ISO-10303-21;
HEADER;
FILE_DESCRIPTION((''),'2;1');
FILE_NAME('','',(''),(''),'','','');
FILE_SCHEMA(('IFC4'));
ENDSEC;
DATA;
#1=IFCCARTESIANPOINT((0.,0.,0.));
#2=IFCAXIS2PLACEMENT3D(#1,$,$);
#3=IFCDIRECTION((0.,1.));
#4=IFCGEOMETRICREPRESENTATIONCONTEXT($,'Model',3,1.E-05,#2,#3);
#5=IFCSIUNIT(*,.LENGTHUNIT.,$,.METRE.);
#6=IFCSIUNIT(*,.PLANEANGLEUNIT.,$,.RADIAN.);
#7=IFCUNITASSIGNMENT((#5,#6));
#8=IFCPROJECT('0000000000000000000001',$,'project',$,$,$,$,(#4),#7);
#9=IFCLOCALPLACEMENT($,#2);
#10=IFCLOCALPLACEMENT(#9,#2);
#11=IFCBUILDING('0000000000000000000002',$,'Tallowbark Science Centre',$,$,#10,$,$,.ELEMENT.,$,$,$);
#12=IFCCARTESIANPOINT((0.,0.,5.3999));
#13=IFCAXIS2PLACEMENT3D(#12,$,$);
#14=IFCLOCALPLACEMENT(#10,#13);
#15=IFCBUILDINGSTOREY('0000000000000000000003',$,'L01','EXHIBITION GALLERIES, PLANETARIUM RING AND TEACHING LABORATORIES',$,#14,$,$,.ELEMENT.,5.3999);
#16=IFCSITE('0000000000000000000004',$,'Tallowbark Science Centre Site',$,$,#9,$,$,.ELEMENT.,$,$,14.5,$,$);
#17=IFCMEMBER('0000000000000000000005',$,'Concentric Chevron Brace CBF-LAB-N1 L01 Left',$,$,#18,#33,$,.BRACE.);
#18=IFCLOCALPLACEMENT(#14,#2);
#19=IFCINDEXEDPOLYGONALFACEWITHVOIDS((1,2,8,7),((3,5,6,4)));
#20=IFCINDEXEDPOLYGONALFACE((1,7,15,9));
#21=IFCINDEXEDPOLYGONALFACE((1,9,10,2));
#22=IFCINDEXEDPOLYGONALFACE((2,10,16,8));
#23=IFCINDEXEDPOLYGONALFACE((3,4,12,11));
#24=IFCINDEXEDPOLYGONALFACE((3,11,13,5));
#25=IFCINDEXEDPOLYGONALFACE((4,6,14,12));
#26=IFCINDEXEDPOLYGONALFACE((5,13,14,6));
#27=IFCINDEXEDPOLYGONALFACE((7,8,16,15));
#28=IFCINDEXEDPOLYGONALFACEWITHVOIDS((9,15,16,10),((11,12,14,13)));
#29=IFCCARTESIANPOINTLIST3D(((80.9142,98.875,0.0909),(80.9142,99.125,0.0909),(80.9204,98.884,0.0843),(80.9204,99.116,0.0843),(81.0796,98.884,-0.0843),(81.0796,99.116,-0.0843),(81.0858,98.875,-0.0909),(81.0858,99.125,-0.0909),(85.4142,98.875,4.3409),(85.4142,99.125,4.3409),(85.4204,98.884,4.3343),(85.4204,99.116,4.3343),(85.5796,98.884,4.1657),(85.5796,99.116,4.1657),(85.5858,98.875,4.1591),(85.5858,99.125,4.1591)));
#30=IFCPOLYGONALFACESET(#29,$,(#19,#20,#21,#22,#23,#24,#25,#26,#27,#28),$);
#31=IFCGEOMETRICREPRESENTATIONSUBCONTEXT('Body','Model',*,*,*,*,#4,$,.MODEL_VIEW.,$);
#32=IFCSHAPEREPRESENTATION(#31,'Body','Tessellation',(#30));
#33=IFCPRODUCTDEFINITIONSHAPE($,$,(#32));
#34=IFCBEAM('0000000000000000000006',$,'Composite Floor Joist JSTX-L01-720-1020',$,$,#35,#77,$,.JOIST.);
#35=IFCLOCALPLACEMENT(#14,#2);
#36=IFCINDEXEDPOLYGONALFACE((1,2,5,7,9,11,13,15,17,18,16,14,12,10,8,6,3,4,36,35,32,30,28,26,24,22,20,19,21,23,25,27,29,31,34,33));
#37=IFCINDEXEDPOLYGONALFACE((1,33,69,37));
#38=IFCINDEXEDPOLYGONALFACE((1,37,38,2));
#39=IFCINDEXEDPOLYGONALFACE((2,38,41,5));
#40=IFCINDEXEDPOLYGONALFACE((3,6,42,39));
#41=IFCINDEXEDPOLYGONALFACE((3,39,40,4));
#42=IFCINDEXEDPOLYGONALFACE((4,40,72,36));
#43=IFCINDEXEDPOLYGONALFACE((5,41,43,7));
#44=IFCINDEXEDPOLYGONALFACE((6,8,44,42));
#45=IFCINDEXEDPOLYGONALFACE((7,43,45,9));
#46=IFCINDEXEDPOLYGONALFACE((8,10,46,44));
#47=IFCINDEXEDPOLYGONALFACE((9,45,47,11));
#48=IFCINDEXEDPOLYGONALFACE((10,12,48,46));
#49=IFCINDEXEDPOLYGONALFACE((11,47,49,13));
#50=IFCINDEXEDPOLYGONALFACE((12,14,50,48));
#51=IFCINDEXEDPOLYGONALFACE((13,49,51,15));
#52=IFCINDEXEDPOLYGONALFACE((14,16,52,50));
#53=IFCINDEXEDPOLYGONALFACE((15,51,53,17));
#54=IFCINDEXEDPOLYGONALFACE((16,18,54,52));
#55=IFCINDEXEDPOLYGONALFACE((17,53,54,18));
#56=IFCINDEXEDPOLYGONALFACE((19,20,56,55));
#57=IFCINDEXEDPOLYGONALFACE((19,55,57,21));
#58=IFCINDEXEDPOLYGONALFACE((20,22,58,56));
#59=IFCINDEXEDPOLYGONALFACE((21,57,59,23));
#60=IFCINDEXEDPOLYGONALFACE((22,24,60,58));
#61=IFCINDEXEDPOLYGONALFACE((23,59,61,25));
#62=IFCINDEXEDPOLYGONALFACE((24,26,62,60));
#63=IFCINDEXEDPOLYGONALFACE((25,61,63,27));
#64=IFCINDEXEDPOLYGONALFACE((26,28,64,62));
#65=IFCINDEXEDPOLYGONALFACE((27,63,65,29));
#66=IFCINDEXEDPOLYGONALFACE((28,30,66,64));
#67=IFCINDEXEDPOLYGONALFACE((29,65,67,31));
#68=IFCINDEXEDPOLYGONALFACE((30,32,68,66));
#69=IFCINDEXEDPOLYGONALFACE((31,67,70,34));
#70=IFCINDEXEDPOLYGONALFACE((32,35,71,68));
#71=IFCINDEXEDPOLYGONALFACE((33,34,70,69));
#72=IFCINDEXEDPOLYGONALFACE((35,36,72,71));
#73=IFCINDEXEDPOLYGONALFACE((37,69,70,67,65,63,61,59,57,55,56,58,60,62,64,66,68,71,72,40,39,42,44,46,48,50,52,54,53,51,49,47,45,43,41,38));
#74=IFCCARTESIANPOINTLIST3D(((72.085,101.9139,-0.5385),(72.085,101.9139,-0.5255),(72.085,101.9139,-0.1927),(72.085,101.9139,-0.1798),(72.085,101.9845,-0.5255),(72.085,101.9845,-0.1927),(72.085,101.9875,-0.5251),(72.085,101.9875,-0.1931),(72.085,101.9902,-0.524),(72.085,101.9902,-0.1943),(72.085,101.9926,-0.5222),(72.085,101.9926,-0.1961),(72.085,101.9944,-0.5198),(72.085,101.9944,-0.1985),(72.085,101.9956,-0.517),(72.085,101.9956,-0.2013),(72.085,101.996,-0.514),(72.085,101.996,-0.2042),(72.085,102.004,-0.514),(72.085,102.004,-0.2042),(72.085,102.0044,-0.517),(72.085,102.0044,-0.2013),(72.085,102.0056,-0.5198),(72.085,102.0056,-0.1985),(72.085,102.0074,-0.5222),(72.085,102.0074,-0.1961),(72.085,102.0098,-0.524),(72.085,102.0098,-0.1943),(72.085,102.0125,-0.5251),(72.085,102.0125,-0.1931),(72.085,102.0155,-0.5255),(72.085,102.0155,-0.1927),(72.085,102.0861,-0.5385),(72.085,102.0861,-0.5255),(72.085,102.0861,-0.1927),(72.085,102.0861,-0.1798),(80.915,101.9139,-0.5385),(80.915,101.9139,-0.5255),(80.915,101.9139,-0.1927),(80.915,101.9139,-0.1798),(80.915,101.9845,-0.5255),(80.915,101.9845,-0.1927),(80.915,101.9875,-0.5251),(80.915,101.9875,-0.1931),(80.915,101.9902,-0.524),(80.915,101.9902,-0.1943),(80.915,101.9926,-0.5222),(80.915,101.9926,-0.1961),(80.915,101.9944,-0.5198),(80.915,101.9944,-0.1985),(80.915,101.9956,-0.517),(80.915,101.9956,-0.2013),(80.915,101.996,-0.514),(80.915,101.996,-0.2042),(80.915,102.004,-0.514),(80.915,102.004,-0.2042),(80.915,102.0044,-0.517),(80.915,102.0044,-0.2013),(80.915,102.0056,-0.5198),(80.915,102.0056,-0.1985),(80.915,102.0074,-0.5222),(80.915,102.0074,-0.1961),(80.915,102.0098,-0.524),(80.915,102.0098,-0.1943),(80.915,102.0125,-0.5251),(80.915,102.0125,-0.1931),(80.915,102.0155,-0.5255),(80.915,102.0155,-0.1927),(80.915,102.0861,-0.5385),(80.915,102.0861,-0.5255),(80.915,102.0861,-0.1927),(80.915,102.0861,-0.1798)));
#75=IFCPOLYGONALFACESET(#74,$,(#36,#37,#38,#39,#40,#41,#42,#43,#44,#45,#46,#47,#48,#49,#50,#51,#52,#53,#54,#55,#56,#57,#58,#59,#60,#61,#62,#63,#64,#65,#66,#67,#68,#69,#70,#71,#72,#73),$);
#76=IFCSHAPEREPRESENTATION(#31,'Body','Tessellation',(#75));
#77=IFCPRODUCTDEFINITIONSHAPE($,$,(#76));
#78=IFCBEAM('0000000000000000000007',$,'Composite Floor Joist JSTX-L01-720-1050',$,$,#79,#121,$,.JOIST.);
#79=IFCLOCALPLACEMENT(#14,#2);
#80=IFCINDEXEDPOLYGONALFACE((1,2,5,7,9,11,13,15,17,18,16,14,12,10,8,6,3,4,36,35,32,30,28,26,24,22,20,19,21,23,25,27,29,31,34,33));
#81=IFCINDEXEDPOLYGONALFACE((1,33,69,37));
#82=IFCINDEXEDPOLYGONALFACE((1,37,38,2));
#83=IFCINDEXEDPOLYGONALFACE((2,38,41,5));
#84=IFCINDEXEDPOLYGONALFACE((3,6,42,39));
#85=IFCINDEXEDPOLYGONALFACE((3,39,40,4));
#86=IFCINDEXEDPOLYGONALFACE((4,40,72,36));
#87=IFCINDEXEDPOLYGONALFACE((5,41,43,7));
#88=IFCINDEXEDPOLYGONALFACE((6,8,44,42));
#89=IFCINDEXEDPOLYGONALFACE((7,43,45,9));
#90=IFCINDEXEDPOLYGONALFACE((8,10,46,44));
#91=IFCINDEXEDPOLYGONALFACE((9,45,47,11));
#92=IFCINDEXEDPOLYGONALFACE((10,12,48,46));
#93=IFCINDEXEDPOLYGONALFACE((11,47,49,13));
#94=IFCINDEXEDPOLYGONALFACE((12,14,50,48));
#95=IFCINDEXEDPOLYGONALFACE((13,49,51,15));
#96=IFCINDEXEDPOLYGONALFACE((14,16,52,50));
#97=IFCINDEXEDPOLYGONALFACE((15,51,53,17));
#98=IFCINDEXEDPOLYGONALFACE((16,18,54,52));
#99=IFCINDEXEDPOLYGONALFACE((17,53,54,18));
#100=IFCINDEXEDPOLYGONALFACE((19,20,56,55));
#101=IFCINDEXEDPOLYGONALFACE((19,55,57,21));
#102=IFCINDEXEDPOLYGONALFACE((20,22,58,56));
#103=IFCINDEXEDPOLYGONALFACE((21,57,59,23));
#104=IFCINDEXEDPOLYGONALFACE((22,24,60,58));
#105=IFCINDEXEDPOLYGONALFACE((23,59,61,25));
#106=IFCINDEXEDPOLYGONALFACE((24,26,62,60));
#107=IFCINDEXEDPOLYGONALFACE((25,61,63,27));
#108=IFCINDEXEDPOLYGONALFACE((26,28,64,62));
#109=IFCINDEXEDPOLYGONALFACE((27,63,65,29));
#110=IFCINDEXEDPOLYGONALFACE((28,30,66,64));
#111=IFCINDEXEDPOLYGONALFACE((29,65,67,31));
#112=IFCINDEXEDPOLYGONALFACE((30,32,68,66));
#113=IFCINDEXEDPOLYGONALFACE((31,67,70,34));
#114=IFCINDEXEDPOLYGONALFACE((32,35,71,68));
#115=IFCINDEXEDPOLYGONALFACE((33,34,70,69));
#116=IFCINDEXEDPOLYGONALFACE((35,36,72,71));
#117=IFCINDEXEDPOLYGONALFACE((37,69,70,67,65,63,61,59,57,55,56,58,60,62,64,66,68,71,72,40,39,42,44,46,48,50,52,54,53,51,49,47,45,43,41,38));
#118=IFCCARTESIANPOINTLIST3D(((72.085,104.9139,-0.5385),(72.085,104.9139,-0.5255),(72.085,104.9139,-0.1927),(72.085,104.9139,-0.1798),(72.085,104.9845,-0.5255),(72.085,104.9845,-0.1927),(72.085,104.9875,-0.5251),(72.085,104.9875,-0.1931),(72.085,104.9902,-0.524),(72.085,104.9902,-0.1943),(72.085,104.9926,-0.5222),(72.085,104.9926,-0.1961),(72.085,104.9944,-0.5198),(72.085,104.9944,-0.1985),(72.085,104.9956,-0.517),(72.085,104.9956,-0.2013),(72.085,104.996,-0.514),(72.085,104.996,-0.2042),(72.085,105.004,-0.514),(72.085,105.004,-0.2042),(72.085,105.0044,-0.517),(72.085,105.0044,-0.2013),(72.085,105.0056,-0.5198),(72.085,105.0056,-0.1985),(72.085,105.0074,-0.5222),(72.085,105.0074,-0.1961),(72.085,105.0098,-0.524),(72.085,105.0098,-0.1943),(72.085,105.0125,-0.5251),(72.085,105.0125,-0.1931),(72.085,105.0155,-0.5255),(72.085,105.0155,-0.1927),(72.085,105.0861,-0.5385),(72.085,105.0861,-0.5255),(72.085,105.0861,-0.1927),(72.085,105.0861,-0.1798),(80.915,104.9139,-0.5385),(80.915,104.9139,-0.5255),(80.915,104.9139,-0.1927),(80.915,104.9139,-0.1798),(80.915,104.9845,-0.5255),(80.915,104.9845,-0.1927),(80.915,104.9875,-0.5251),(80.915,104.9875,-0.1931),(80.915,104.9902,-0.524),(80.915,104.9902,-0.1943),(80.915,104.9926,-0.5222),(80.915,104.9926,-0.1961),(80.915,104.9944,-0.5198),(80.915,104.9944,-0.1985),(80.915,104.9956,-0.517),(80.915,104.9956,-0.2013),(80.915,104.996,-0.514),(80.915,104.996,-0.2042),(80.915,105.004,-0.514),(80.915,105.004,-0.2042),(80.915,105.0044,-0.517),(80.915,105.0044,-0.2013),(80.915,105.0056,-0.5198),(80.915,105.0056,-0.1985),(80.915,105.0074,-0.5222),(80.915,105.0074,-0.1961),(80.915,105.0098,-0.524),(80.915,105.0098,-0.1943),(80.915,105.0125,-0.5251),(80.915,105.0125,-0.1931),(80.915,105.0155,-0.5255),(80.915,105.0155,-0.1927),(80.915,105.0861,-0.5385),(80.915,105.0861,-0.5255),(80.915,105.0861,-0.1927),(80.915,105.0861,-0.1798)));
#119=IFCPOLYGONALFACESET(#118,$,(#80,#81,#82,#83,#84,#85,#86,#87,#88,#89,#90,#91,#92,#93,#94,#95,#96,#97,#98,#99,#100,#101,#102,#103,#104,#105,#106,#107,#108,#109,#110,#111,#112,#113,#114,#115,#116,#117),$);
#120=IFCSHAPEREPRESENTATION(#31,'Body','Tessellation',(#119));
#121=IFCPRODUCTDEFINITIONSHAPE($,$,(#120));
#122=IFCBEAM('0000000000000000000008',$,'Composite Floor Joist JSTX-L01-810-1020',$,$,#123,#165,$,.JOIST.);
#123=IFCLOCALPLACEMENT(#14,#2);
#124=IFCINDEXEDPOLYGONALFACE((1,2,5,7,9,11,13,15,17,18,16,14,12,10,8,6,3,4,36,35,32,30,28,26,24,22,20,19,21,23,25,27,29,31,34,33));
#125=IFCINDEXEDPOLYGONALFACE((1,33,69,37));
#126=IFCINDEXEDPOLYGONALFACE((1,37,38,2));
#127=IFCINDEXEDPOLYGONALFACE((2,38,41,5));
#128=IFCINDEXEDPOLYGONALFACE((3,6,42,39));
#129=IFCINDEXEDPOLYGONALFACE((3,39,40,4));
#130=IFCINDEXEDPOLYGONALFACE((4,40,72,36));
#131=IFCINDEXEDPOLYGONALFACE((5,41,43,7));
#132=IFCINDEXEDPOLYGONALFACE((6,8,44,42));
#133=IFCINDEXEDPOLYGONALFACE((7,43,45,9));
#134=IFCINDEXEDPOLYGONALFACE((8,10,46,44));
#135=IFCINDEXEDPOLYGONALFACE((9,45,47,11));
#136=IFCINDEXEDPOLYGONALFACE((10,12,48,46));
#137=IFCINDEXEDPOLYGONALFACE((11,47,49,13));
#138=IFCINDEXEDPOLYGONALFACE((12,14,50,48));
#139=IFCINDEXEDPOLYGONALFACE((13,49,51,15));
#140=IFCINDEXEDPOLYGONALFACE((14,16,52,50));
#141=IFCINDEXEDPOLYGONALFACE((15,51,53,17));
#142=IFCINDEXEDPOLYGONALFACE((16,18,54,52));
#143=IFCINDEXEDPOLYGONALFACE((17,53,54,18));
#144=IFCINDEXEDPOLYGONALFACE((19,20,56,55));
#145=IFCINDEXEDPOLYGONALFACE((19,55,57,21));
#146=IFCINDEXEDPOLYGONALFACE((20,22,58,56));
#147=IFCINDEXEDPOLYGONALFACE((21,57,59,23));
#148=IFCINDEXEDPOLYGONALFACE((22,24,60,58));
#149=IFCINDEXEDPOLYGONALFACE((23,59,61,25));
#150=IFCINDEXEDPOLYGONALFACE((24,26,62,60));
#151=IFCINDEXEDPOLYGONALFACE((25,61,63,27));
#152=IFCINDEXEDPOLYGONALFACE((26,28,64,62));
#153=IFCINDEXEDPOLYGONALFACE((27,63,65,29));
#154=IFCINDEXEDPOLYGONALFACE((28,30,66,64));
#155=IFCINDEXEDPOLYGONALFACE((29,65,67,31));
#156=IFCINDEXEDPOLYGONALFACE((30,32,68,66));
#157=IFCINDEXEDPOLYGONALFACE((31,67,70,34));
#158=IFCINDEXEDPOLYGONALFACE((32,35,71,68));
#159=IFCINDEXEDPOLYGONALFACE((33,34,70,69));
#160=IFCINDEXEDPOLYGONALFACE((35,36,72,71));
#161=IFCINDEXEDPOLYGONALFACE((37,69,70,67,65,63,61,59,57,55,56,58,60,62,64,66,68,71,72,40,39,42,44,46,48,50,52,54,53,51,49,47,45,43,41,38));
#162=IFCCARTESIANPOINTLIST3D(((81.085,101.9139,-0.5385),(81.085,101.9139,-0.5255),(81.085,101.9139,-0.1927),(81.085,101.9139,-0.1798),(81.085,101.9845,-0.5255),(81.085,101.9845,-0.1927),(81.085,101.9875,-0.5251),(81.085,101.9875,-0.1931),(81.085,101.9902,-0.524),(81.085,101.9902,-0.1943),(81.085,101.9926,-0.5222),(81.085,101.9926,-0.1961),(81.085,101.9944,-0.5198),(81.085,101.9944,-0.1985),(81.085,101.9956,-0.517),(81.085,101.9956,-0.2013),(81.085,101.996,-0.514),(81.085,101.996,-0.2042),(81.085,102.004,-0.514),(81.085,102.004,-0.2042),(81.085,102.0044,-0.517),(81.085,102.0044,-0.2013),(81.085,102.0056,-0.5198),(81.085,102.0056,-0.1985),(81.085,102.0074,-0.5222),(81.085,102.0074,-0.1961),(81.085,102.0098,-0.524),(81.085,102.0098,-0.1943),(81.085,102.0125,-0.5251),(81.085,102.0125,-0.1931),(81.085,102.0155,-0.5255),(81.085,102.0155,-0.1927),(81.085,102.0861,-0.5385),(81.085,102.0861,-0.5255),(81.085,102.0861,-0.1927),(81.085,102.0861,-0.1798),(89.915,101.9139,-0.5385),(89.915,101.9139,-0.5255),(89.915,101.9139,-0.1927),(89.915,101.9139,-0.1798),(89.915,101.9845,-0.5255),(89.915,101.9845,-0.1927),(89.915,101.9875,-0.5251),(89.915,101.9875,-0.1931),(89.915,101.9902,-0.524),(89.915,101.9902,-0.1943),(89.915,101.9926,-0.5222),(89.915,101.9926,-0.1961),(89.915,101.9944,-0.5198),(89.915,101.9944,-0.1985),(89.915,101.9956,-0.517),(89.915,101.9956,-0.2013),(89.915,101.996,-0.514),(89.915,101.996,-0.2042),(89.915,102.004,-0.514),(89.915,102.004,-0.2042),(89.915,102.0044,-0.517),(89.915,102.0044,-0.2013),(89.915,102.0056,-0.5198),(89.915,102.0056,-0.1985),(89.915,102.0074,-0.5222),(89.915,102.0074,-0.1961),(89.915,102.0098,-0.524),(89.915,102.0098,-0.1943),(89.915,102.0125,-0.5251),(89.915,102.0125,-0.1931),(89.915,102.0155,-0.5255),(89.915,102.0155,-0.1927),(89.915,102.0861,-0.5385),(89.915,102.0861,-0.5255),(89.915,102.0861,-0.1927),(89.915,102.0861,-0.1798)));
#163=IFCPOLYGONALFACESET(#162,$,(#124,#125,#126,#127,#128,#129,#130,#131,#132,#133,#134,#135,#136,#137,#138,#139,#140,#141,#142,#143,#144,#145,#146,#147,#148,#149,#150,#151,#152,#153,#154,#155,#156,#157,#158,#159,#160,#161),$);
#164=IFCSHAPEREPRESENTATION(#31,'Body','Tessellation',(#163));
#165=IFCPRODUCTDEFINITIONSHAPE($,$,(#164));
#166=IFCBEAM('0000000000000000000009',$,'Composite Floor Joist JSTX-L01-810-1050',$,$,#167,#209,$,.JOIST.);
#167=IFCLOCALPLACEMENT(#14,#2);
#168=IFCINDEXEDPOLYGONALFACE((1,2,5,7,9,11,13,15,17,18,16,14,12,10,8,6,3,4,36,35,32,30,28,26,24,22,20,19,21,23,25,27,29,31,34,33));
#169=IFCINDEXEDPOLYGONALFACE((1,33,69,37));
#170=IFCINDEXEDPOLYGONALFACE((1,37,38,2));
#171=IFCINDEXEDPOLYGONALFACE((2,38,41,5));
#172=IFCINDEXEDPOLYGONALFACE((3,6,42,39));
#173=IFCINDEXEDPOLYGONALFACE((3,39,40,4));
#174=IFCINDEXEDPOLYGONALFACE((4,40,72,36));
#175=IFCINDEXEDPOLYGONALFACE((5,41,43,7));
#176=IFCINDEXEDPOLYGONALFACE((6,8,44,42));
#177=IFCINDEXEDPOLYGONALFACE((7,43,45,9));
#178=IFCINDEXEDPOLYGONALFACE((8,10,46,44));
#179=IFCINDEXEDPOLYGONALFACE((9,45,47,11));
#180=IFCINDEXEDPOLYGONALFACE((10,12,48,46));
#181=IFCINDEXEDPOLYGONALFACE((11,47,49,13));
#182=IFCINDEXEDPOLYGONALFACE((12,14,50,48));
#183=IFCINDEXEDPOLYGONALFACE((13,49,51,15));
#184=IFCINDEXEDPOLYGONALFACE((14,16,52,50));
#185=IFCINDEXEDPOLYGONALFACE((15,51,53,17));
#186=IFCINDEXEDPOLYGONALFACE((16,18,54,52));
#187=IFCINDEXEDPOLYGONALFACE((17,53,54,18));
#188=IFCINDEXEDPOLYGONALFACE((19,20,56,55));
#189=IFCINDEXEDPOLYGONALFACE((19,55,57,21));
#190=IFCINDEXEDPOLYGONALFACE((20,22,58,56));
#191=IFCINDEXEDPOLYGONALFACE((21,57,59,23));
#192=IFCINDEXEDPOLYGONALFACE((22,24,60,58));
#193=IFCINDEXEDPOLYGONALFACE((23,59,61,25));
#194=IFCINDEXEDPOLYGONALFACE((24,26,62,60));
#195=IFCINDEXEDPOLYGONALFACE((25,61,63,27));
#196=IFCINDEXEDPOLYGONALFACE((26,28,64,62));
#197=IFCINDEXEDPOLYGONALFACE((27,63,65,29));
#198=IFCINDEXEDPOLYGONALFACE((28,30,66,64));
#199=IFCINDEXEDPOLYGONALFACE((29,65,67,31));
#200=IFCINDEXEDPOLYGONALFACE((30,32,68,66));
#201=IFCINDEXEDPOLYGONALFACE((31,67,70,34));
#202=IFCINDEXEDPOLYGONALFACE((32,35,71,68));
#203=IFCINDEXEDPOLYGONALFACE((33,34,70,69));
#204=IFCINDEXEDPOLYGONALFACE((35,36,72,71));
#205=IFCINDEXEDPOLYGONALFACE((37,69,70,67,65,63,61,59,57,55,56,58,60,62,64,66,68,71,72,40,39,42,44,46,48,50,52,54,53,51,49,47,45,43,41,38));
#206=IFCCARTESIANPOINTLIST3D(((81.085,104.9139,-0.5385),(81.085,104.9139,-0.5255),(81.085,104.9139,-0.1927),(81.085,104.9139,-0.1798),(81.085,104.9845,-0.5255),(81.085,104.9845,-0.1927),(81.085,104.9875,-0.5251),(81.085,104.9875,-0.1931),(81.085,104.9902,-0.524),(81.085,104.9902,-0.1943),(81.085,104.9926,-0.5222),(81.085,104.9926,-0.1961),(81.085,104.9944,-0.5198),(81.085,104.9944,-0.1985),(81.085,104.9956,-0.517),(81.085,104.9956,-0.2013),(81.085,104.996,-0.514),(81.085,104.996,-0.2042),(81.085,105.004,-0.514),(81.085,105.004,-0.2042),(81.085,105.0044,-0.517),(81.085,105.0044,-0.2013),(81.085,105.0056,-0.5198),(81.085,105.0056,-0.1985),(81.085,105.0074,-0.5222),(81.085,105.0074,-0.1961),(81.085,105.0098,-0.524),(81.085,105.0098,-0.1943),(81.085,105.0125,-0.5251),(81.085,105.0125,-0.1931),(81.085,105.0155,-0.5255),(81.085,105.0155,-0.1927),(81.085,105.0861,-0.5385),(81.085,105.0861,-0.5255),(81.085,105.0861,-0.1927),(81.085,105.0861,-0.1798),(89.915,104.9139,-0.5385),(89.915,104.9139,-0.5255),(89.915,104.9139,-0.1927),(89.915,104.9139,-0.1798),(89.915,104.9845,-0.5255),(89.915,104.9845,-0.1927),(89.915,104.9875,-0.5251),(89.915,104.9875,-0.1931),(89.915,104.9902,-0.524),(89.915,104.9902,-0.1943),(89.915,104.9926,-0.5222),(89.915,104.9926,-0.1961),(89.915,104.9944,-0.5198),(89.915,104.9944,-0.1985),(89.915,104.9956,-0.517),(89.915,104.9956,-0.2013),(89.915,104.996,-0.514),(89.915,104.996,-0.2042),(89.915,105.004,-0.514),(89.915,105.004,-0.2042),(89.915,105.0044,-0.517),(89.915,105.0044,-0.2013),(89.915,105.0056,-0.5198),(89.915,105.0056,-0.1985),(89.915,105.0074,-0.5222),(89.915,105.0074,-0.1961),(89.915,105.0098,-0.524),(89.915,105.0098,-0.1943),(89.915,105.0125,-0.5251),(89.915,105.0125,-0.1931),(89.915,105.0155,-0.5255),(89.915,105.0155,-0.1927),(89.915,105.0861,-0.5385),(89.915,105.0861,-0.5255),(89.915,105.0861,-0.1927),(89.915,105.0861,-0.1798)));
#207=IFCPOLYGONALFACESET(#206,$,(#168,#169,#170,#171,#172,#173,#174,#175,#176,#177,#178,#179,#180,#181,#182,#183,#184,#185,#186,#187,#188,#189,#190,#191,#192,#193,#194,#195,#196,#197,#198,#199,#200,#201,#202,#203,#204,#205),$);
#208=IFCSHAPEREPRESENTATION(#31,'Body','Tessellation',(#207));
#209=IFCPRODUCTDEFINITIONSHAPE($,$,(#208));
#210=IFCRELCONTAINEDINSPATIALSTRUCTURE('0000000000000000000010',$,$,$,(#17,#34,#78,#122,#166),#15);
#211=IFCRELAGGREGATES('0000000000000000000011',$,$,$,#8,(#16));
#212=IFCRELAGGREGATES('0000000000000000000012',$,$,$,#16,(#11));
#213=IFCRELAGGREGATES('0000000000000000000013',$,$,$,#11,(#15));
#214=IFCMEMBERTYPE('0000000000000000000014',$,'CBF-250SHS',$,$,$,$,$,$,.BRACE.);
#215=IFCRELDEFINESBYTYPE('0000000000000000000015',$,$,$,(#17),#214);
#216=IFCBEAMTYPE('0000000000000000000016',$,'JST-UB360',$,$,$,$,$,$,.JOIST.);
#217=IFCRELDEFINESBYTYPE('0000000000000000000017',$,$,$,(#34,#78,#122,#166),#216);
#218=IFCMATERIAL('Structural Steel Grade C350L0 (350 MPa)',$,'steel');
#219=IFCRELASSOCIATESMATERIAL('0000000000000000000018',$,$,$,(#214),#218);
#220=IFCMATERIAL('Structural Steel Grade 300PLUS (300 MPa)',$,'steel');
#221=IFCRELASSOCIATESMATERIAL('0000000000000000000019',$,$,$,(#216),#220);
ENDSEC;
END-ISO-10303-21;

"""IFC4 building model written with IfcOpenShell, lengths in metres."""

from ifc_helpers import new_model, si_unit, direction, frame, origin, origin_2d, place, context, subcontext, project, spatial, hollow_rectangle, i_section, extrude, material, material_profile, profile_set, type_object, element, save


model = new_model("IFC4")

# Units and contexts
model_context = context("Model", 3, precision=1e-05, world=origin(), true_north=direction((0.0, 1.0)))
body_context = subcontext(model_context, "Body", "Model", "MODEL_VIEW")
ifc_project = project(units=[si_unit("LENGTHUNIT", "METRE"), si_unit("PLANEANGLEUNIT", "RADIAN")], contexts=[model_context])

# Site, building, storey
site_placement = place(None, origin())
site = spatial("IfcSite", under=ifc_project, at=site_placement, Name="Tallowbark Science Centre Site", CompositionType="ELEMENT", RefElevation=14.5)
building_placement = place(site_placement, origin())
building = spatial("IfcBuilding", under=site, at=building_placement, Name="Tallowbark Science Centre", CompositionType="ELEMENT")
storey_placement = place(building_placement, frame((0.0, 0.0, 5.3999)))
storey = spatial("IfcBuildingStorey", under=building, at=storey_placement, Name="L01", Description="EXHIBITION GALLERIES, PLANETARIUM RING AND TEACHING LABORATORIES", CompositionType="ELEMENT", Elevation=5.3999)

# Shared definitions
ifc_material_1 = material(Name="Structural Steel Grade 300PLUS (300 MPa)", Category="steel")

# Member
ifc_material_2 = material(Name="Structural Steel Grade C350L0 (350 MPa)", Category="steel")
ifc_material_profile_1 = material_profile(ifc_material_2, hollow_rectangle(XDim=0.25, YDim=0.25, WallThickness=0.009, at=origin_2d()), Name="250x250x9.0SHS")
ifc_profile_set_1 = profile_set([ifc_material_profile_1], Name="Structural Steel Grade C350L0 (350 MPa)")
member_type = type_object("IfcMemberType", Name="CBF-250SHS", PredefinedType="BRACE", material=ifc_profile_set_1)
member_placement = place(storey_placement, frame((81.0, 99.0, 0.0), z_axis=(0.727013, 0.0, 0.686624), x_axis=(0.0, 1.0, 0.0)))
element("IfcMember", 1, at=member_placement, inside=storey, type_object=member_type, Name="Concentric Chevron Brace CBF-LAB-N1 L01 Left", PredefinedType="BRACE", context=body_context, shape_type="SweptSolid", body=[
    extrude(hollow_rectangle(XDim=0.25, YDim=0.25, WallThickness=0.009, at=origin_2d()), origin(), (0.0, 0.0, 1.0), 6.1897),
])

# Beams
ifc_material_profile_2 = material_profile(ifc_material_1, i_section(OverallWidth=0.1721, OverallDepth=0.3586, WebThickness=0.0081, FlangeThickness=0.0129, FilletRadius=0.0115, at=origin_2d()), Name="360UB56.7")
ifc_profile_set_2 = profile_set([ifc_material_profile_2], Name="Structural Steel Grade 300PLUS (300 MPa)")
beam_type_1 = type_object("IfcBeamType", Name="JST-UB360", PredefinedType="JOIST", material=ifc_profile_set_2)
for number, where, z_axis, x_axis, name in (
    (2, (72.085, 102.0, -0.3591), (1.0, 0.0, 0.0), (0.0, 1.0, 0.0), "Composite Floor Joist JSTX-L01-720-1020"),
    (3, (72.085, 105.0, -0.3591), (1.0, 0.0, 0.0), (0.0, 1.0, 0.0), "Composite Floor Joist JSTX-L01-720-1050"),
    (4, (81.085, 102.0, -0.3591), (1.0, 0.0, 0.0), (0.0, 1.0, 0.0), "Composite Floor Joist JSTX-L01-810-1020"),
    (5, (81.085, 105.0, -0.3591), (1.0, 0.0, 0.0), (0.0, 1.0, 0.0), "Composite Floor Joist JSTX-L01-810-1050"),
):
    element("IfcBeam", number, at=place(storey_placement, frame(where, z_axis=z_axis, x_axis=x_axis)), inside=storey, type_object=beam_type_1, Name=name, PredefinedType="JOIST", context=body_context, shape_type="SweptSolid", body=[
        extrude(i_section(OverallWidth=0.1721, OverallDepth=0.3586, WebThickness=0.0081, FlangeThickness=0.0129, FilletRadius=0.0115, at=origin_2d()), origin(), (0.0, 0.0, 1.0), 8.8301),
    ])

save(model, "model.ifc")
